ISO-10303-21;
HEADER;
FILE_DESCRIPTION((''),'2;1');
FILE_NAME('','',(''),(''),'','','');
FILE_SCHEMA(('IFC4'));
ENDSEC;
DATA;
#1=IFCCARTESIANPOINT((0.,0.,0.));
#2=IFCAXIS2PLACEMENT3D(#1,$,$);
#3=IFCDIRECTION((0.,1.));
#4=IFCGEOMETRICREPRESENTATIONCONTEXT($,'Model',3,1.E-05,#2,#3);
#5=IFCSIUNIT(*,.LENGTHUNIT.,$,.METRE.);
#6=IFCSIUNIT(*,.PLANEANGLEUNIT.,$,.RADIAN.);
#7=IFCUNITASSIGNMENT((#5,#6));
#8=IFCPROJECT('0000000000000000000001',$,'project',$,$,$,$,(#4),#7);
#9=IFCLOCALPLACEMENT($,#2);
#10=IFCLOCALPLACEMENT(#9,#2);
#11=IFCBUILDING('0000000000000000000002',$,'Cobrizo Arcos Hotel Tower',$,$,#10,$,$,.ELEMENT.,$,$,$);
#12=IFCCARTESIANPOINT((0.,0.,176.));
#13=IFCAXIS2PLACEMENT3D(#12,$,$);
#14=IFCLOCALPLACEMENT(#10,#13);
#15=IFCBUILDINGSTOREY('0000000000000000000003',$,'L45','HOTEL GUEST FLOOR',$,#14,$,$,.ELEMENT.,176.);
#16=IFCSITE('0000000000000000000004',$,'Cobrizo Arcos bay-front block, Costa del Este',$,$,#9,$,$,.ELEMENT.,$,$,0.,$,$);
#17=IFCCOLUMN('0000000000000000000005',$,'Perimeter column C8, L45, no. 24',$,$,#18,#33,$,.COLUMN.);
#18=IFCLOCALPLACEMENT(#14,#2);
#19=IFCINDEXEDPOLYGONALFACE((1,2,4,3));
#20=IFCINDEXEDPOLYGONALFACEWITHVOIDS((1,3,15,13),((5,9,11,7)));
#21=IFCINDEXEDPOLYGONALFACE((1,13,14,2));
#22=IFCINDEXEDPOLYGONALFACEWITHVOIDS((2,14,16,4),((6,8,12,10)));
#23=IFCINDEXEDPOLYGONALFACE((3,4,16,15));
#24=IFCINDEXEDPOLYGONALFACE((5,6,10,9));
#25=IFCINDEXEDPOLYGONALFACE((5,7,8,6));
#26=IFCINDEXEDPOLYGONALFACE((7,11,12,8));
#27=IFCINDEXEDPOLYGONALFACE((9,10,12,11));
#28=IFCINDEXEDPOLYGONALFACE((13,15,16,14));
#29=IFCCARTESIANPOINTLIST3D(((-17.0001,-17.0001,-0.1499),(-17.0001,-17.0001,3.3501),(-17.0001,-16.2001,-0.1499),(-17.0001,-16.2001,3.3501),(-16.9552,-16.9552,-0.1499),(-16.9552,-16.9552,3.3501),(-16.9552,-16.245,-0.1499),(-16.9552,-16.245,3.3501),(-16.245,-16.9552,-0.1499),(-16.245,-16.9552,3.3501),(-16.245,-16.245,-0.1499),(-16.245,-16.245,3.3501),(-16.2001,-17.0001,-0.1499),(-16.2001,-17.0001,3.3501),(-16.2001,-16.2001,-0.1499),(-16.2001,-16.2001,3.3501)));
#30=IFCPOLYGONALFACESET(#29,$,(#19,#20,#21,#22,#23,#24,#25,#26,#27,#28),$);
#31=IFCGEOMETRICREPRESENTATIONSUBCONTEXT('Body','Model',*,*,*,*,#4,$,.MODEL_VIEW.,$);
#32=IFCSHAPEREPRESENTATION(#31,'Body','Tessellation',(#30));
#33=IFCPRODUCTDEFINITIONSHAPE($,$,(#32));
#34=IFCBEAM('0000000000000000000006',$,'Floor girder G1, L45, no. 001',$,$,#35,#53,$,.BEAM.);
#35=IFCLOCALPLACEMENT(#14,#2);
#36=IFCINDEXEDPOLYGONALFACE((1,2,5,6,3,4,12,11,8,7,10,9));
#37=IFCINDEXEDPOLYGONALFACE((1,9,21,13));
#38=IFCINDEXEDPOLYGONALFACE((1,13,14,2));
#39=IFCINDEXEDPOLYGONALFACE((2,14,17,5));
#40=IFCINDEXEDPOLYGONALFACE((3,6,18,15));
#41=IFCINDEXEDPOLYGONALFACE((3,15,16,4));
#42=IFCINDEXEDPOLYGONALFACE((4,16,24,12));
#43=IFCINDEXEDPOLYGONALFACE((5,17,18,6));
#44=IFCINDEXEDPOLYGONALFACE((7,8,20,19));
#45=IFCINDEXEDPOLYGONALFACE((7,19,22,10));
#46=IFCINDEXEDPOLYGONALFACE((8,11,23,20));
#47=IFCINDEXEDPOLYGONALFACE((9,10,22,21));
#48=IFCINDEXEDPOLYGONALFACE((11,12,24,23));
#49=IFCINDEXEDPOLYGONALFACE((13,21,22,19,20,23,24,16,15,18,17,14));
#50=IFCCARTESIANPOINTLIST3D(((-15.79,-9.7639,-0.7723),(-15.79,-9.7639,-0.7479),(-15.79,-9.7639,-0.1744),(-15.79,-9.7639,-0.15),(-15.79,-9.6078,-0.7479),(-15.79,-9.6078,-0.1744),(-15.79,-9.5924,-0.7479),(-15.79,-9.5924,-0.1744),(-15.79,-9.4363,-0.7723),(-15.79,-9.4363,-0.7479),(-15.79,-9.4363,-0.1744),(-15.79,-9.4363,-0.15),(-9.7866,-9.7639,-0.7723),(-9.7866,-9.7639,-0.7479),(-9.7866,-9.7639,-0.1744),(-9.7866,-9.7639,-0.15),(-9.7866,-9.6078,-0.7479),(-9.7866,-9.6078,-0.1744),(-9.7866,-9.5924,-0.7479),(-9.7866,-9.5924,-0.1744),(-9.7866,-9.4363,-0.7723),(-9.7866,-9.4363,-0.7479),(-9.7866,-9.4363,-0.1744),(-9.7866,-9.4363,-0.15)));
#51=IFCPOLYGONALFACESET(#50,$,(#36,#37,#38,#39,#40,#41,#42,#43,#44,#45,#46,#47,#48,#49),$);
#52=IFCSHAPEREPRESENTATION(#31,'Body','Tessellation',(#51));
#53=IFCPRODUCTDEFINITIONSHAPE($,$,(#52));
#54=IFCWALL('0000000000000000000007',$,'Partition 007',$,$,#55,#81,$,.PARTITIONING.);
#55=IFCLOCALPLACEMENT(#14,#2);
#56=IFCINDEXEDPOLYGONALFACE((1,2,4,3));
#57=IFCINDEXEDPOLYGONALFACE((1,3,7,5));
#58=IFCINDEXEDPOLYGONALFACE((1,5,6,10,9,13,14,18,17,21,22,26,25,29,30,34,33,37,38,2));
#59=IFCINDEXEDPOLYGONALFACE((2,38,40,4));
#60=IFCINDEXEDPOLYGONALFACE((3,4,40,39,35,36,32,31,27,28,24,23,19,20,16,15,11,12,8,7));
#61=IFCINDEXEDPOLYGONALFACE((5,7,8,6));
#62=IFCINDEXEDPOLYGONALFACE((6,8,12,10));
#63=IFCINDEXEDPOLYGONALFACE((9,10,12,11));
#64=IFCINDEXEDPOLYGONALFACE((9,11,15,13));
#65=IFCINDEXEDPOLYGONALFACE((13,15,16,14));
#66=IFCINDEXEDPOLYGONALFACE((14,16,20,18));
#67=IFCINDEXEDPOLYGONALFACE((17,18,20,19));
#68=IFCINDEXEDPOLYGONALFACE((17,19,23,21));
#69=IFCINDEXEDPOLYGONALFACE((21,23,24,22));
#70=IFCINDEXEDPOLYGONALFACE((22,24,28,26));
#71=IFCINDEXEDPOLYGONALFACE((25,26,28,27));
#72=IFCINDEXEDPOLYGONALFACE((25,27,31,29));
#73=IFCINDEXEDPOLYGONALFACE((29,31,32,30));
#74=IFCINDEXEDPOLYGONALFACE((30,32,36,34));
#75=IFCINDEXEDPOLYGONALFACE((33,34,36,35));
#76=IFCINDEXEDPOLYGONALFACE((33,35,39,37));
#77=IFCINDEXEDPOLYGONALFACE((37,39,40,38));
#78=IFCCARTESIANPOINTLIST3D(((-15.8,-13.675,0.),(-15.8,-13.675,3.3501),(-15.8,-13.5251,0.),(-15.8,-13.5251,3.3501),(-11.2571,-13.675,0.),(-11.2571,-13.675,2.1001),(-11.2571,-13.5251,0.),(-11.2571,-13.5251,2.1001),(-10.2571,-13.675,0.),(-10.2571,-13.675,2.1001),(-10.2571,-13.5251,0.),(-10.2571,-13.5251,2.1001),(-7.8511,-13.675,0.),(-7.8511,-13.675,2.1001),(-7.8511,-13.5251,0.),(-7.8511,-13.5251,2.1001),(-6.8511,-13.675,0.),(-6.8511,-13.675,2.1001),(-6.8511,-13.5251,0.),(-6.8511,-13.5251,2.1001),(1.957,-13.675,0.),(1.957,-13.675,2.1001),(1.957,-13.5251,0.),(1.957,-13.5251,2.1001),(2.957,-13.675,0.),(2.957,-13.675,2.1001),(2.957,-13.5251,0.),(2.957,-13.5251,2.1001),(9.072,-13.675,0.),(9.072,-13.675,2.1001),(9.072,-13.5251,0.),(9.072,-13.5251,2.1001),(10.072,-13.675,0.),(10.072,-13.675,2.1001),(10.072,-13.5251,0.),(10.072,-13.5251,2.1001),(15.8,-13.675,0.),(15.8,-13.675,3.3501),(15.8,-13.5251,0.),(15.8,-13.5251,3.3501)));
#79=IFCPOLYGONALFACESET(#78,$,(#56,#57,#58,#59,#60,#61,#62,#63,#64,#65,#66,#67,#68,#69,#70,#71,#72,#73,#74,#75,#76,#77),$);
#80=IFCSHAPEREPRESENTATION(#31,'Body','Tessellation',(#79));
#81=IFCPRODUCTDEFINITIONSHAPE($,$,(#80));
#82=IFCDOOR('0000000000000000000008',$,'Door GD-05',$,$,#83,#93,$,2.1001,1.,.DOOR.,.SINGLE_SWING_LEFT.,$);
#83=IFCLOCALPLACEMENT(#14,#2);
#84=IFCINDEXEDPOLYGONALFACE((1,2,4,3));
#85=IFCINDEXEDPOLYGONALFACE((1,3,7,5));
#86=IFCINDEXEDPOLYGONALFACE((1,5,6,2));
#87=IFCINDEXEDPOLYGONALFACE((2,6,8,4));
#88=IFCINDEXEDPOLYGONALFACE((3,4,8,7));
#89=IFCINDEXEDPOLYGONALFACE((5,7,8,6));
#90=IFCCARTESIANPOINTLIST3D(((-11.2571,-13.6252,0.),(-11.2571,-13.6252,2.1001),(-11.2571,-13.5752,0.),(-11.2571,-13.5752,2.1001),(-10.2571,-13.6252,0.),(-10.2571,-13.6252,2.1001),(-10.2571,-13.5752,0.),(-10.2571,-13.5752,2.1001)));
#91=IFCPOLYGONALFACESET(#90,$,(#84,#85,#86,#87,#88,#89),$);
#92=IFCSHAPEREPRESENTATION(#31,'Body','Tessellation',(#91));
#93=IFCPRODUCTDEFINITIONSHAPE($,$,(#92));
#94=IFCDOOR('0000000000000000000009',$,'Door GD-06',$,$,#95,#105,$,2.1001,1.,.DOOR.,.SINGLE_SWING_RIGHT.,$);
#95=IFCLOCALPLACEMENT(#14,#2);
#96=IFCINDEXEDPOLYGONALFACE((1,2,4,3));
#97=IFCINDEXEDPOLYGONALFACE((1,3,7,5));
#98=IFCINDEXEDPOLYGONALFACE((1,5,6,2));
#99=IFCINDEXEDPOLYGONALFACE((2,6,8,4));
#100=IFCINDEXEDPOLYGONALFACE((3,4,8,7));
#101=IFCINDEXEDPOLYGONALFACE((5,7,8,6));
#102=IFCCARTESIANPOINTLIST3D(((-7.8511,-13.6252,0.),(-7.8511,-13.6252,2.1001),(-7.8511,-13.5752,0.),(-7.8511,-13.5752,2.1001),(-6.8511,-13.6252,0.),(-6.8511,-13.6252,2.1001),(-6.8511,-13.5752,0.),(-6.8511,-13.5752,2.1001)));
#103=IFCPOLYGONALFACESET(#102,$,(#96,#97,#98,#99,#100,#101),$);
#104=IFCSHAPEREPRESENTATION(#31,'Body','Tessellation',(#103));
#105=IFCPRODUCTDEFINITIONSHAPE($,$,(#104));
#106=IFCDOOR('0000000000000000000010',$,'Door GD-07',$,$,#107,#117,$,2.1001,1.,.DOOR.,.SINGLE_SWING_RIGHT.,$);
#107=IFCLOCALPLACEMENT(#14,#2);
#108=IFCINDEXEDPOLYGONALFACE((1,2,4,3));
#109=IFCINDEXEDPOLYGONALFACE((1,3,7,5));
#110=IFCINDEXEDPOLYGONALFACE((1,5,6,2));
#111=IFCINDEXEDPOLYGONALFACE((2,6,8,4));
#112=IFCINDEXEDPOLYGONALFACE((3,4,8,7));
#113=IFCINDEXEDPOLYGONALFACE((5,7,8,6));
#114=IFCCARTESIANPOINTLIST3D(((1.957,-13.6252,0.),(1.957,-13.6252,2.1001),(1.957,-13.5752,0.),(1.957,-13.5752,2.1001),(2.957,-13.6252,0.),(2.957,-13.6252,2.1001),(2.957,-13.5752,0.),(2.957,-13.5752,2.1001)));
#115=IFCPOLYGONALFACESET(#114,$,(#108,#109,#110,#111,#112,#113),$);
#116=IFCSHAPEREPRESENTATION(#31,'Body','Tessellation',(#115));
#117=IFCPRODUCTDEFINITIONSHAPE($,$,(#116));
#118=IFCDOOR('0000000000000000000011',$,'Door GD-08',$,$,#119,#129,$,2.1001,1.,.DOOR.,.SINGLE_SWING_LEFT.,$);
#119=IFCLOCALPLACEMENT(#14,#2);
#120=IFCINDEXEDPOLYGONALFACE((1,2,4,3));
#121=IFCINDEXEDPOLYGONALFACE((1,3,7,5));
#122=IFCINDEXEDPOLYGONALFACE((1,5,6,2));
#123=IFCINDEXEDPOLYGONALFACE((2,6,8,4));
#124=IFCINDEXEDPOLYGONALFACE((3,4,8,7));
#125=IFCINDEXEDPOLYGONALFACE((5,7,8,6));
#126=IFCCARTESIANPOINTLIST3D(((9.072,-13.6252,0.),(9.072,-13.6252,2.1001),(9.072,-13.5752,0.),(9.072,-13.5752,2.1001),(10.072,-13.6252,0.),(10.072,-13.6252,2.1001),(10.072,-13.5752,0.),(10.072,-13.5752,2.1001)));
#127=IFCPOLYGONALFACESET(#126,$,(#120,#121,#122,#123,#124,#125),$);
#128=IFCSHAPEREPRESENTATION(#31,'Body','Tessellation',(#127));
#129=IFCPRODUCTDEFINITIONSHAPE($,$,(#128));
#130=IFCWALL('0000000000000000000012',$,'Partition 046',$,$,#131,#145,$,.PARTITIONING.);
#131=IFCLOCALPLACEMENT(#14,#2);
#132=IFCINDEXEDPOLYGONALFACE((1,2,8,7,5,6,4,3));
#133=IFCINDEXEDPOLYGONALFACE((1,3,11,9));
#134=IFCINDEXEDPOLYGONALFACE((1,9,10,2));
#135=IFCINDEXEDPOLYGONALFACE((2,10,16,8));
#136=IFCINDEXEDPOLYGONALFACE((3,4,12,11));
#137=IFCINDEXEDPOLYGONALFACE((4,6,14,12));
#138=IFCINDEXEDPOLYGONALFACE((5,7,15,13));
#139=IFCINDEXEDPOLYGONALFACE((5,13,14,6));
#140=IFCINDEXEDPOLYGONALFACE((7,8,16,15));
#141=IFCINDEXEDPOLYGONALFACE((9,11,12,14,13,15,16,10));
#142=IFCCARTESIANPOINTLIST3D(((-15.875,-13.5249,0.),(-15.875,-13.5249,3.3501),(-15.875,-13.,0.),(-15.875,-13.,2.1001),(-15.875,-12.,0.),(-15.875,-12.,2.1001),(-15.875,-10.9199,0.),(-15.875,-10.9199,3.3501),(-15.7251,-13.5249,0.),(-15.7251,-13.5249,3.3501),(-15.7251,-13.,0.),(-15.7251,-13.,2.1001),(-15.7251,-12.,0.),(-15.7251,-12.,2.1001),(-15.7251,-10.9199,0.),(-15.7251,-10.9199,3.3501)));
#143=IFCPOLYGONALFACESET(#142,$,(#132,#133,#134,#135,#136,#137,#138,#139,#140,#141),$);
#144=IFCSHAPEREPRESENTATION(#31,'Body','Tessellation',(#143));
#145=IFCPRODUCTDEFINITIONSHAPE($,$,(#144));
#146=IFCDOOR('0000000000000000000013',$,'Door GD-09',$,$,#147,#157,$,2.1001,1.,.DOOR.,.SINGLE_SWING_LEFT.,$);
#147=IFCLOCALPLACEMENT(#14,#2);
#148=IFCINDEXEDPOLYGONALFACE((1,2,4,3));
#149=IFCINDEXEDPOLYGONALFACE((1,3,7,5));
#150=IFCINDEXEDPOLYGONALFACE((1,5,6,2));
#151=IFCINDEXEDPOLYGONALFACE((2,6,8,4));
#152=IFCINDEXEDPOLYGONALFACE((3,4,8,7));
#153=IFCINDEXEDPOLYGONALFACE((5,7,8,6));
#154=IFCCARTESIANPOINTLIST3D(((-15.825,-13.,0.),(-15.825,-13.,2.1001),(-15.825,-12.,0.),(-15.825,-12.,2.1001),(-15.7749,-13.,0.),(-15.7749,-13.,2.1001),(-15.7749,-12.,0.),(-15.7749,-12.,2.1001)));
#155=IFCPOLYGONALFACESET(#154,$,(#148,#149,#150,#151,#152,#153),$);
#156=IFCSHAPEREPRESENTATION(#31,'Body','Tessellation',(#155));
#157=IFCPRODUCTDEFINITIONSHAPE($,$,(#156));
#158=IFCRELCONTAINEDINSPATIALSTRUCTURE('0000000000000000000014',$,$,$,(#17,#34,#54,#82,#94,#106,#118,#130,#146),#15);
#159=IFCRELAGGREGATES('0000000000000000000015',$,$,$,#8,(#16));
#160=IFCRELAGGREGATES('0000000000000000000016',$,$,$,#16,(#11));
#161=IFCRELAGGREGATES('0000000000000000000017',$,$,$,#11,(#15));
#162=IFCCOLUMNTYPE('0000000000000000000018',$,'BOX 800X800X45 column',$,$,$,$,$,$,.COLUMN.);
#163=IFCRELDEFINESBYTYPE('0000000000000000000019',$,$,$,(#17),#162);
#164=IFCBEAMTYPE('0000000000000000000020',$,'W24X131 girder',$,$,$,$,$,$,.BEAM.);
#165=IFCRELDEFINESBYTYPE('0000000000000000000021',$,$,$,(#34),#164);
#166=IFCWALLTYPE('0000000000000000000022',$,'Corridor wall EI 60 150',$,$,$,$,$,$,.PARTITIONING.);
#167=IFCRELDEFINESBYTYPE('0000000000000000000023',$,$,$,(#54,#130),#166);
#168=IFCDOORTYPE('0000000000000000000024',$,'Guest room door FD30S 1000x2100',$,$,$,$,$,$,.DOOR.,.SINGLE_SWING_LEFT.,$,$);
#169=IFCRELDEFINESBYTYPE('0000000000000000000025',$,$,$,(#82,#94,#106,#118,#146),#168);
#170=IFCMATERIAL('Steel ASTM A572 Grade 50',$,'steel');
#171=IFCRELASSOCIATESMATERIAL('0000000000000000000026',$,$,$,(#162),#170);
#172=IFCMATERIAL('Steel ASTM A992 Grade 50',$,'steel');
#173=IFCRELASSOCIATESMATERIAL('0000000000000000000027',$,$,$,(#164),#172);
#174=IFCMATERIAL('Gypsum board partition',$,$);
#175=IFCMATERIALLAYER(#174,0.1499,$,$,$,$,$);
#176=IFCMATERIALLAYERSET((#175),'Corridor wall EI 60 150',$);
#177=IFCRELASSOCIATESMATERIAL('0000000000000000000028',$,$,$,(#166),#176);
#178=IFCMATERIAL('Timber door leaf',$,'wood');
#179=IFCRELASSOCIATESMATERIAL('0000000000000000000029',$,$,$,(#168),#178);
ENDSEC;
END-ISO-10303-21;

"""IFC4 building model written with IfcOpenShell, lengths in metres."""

from ifc_helpers import new_model, si_unit, direction, frame, frame_2d, origin, origin_2d, place, context, subcontext, project, spatial, rectangle, hollow_rectangle, i_section, extrude, material, layer, layer_set, material_profile, profile_set, type_object, element, fill, save


model = new_model("IFC4")

# Units and contexts
model_context = context("Model", 3, precision=1e-05, world=origin(), true_north=direction((0.0, 1.0)))
body_context = subcontext(model_context, "Body", "Model", "MODEL_VIEW")
ifc_project = project(units=[si_unit("LENGTHUNIT", "METRE"), si_unit("PLANEANGLEUNIT", "RADIAN")], contexts=[model_context])

# Site, building, storey
site_placement = place(None, origin())
site = spatial("IfcSite", under=ifc_project, at=site_placement, Name="Cobrizo Arcos bay-front block, Costa del Este", CompositionType="ELEMENT", RefElevation=0.0)
building_placement = place(site_placement, origin())
building = spatial("IfcBuilding", under=site, at=building_placement, Name="Cobrizo Arcos Hotel Tower", CompositionType="ELEMENT")
storey_placement = place(building_placement, frame((0.0, 0.0, 176.0)))
storey = spatial("IfcBuildingStorey", under=building, at=storey_placement, Name="L45", Description="HOTEL GUEST FLOOR", CompositionType="ELEMENT", Elevation=176.0)

# Column
ifc_material_1 = material(Name="Steel ASTM A572 Grade 50", Category="steel")
ifc_material_profile_1 = material_profile(ifc_material_1, hollow_rectangle(XDim=0.8, YDim=0.8, WallThickness=0.0449, at=origin_2d()), Name="BOX 800X800X45")
ifc_profile_set_1 = profile_set([ifc_material_profile_1], Name="Steel ASTM A572 Grade 50")
column_type = type_object("IfcColumnType", Name="BOX 800X800X45 column", PredefinedType="COLUMN", material=ifc_profile_set_1)
column_placement = place(storey_placement, frame((-16.6001, -16.6001, -0.1499), z_axis=(0.0, 0.0, 1.0), x_axis=(1.0, 0.0, 0.0)))
element("IfcColumn", 1, at=column_placement, inside=storey, type_object=column_type, Name="Perimeter column C8, L45, no. 24", PredefinedType="COLUMN", context=body_context, shape_type="SweptSolid", body=[
    extrude(hollow_rectangle(XDim=0.8, YDim=0.8, WallThickness=0.0449, at=origin_2d()), origin(), (0.0, 0.0, 1.0), 3.5),
])

# Beam
ifc_material_2 = material(Name="Steel ASTM A992 Grade 50", Category="steel")
ifc_material_profile_2 = material_profile(ifc_material_2, i_section(OverallWidth=0.3276, OverallDepth=0.6223, WebThickness=0.0154, FlangeThickness=0.0244, at=origin_2d()), Name="W24X131")
ifc_profile_set_2 = profile_set([ifc_material_profile_2], Name="Steel ASTM A992 Grade 50")
beam_type = type_object("IfcBeamType", Name="W24X131 girder", PredefinedType="BEAM", material=ifc_profile_set_2)
beam_placement = place(storey_placement, frame((-15.79, -9.6001, -0.4612), z_axis=(1.0, 0.0, 0.0), x_axis=(0.0, 1.0, 0.0)))
element("IfcBeam", 2, at=beam_placement, inside=storey, type_object=beam_type, Name="Floor girder G1, L45, no. 001", PredefinedType="BEAM", context=body_context, shape_type="SweptSolid", body=[
    extrude(i_section(OverallWidth=0.3276, OverallDepth=0.6223, WebThickness=0.0154, FlangeThickness=0.0244, at=origin_2d()), origin(), (0.0, 0.0, 1.0), 6.0034),
])

# Wall, openings, doors
ifc_material_3 = material(Name="Gypsum board partition")
ifc_layer_1 = layer(ifc_material_3, 0.1499)
ifc_layer_set_1 = layer_set([ifc_layer_1], Name="Corridor wall EI 60 150")
wall_type_1 = type_object("IfcWallType", Name="Corridor wall EI 60 150", PredefinedType="PARTITIONING", material=ifc_layer_set_1)
wall_1_placement = place(storey_placement, frame((-15.8, -13.6001, 0.0), z_axis=(0.0, 0.0, 1.0), x_axis=(1.0, 0.0, 0.0)))
wall_1 = element("IfcWall", 3, at=wall_1_placement, inside=storey, type_object=wall_type_1, Name="Partition 007", PredefinedType="PARTITIONING", context=body_context, shape_type="SweptSolid", body=[
    extrude(rectangle(XDim=31.6001, YDim=0.1499, at=frame_2d((15.8, 0.0))), origin(), (0.0, 0.0, 1.0), 3.3501),
])
opening_1_placement = place(wall_1_placement, frame((4.543, 0.0, 0.0)))
opening_1 = element("IfcOpeningElement", 4, at=opening_1_placement, cuts=wall_1, PredefinedType="OPENING", context=body_context, shape_type="SweptSolid", body=[
    extrude(rectangle(XDim=1.0, YDim=2.1001, at=frame_2d((0.5, 1.05))), frame((0.0, 0.0869, 0.0), z_axis=(0.0, -1.0, 0.0), x_axis=(1.0, 0.0, 0.0)), (0.0, 0.0, 1.0), 0.1738),
])
opening_2_placement = place(wall_1_placement, frame((7.949, 0.0, 0.0)))
opening_2 = element("IfcOpeningElement", 5, at=opening_2_placement, cuts=wall_1, PredefinedType="OPENING", context=body_context, shape_type="SweptSolid", body=[
    extrude(rectangle(XDim=1.0, YDim=2.1001, at=frame_2d((0.5, 1.05))), frame((0.0, 0.0869, 0.0), z_axis=(0.0, -1.0, 0.0), x_axis=(1.0, 0.0, 0.0)), (0.0, 0.0, 1.0), 0.1738),
])
opening_3_placement = place(wall_1_placement, frame((17.7571, 0.0, 0.0)))
opening_3 = element("IfcOpeningElement", 6, at=opening_3_placement, cuts=wall_1, PredefinedType="OPENING", context=body_context, shape_type="SweptSolid", body=[
    extrude(rectangle(XDim=1.0, YDim=2.1001, at=frame_2d((0.5, 1.05))), frame((0.0, 0.0869, 0.0), z_axis=(0.0, -1.0, 0.0), x_axis=(1.0, 0.0, 0.0)), (0.0, 0.0, 1.0), 0.1738),
])
opening_4_placement = place(wall_1_placement, frame((24.8721, 0.0, 0.0)))
opening_4 = element("IfcOpeningElement", 7, at=opening_4_placement, cuts=wall_1, PredefinedType="OPENING", context=body_context, shape_type="SweptSolid", body=[
    extrude(rectangle(XDim=1.0, YDim=2.1001, at=frame_2d((0.5, 1.05))), frame((0.0, 0.0869, 0.0), z_axis=(0.0, -1.0, 0.0), x_axis=(1.0, 0.0, 0.0)), (0.0, 0.0, 1.0), 0.1738),
])
ifc_material_4 = material(Name="Timber door leaf", Category="wood")
door_type_1 = type_object("IfcDoorType", Name="Guest room door FD30S 1000x2100", OperationType="SINGLE_SWING_LEFT", PredefinedType="DOOR", material=ifc_material_4)
door_1_placement = place(opening_1_placement, origin())
door_1 = element("IfcDoor", 8, at=door_1_placement, inside=storey, type_object=door_type_1, Name="Door GD-05", OperationType="SINGLE_SWING_LEFT", OverallHeight=2.1001, OverallWidth=1.0, PredefinedType="DOOR", context=body_context, shape_type="SweptSolid", body=[
    extrude(rectangle(XDim=1.0, YDim=2.1001, at=frame_2d((0.5, 1.05))), frame((0.0, 0.0249, 0.0), z_axis=(0.0, -1.0, 0.0), x_axis=(1.0, 0.0, 0.0)), (0.0, 0.0, 1.0), 0.05),
])
fill(opening_1, door_1)
door_2_placement = place(opening_2_placement, origin())
door_2 = element("IfcDoor", 9, at=door_2_placement, inside=storey, type_object=door_type_1, Name="Door GD-06", OperationType="SINGLE_SWING_RIGHT", OverallHeight=2.1001, OverallWidth=1.0, PredefinedType="DOOR", context=body_context, shape_type="SweptSolid", body=[
    extrude(rectangle(XDim=1.0, YDim=2.1001, at=frame_2d((0.5, 1.05))), frame((0.0, 0.0249, 0.0), z_axis=(0.0, -1.0, 0.0), x_axis=(1.0, 0.0, 0.0)), (0.0, 0.0, 1.0), 0.05),
])
fill(opening_2, door_2)
door_3_placement = place(opening_3_placement, origin())
door_3 = element("IfcDoor", 10, at=door_3_placement, inside=storey, type_object=door_type_1, Name="Door GD-07", OperationType="SINGLE_SWING_RIGHT", OverallHeight=2.1001, OverallWidth=1.0, PredefinedType="DOOR", context=body_context, shape_type="SweptSolid", body=[
    extrude(rectangle(XDim=1.0, YDim=2.1001, at=frame_2d((0.5, 1.05))), frame((0.0, 0.0249, 0.0), z_axis=(0.0, -1.0, 0.0), x_axis=(1.0, 0.0, 0.0)), (0.0, 0.0, 1.0), 0.05),
])
fill(opening_3, door_3)
door_4_placement = place(opening_4_placement, origin())
door_4 = element("IfcDoor", 11, at=door_4_placement, inside=storey, type_object=door_type_1, Name="Door GD-08", OperationType="SINGLE_SWING_LEFT", OverallHeight=2.1001, OverallWidth=1.0, PredefinedType="DOOR", context=body_context, shape_type="SweptSolid", body=[
    extrude(rectangle(XDim=1.0, YDim=2.1001, at=frame_2d((0.5, 1.05))), frame((0.0, 0.0249, 0.0), z_axis=(0.0, -1.0, 0.0), x_axis=(1.0, 0.0, 0.0)), (0.0, 0.0, 1.0), 0.05),
])
fill(opening_4, door_4)

# Wall, opening, door
wall_2_placement = place(storey_placement, frame((-15.8, -13.5249, 0.0), z_axis=(0.0, 0.0, 1.0), x_axis=(0.0, 1.0, 0.0)))
wall_2 = element("IfcWall", 12, at=wall_2_placement, inside=storey, type_object=wall_type_1, Name="Partition 046", PredefinedType="PARTITIONING", context=body_context, shape_type="SweptSolid", body=[
    extrude(rectangle(XDim=2.605, YDim=0.1499, at=frame_2d((1.3025, 0.0))), origin(), (0.0, 0.0, 1.0), 3.3501),
])
opening_5_placement = place(wall_2_placement, frame((0.5249, 0.0, 0.0)))
opening_5 = element("IfcOpeningElement", 13, at=opening_5_placement, cuts=wall_2, PredefinedType="OPENING", context=body_context, shape_type="SweptSolid", body=[
    extrude(rectangle(XDim=1.0, YDim=2.1001, at=frame_2d((0.5, 1.05))), frame((0.0, 0.0869, 0.0), z_axis=(0.0, -1.0, 0.0), x_axis=(1.0, 0.0, 0.0)), (0.0, 0.0, 1.0), 0.1738),
])
door_5_placement = place(opening_5_placement, origin())
door_5 = element("IfcDoor", 14, at=door_5_placement, inside=storey, type_object=door_type_1, Name="Door GD-09", OperationType="SINGLE_SWING_LEFT", OverallHeight=2.1001, OverallWidth=1.0, PredefinedType="DOOR", context=body_context, shape_type="SweptSolid", body=[
    extrude(rectangle(XDim=1.0, YDim=2.1001, at=frame_2d((0.5, 1.05))), frame((0.0, 0.0249, 0.0), z_axis=(0.0, -1.0, 0.0), x_axis=(1.0, 0.0, 0.0)), (0.0, 0.0, 1.0), 0.05),
])
fill(opening_5, door_5)

save(model, "model.ifc")
